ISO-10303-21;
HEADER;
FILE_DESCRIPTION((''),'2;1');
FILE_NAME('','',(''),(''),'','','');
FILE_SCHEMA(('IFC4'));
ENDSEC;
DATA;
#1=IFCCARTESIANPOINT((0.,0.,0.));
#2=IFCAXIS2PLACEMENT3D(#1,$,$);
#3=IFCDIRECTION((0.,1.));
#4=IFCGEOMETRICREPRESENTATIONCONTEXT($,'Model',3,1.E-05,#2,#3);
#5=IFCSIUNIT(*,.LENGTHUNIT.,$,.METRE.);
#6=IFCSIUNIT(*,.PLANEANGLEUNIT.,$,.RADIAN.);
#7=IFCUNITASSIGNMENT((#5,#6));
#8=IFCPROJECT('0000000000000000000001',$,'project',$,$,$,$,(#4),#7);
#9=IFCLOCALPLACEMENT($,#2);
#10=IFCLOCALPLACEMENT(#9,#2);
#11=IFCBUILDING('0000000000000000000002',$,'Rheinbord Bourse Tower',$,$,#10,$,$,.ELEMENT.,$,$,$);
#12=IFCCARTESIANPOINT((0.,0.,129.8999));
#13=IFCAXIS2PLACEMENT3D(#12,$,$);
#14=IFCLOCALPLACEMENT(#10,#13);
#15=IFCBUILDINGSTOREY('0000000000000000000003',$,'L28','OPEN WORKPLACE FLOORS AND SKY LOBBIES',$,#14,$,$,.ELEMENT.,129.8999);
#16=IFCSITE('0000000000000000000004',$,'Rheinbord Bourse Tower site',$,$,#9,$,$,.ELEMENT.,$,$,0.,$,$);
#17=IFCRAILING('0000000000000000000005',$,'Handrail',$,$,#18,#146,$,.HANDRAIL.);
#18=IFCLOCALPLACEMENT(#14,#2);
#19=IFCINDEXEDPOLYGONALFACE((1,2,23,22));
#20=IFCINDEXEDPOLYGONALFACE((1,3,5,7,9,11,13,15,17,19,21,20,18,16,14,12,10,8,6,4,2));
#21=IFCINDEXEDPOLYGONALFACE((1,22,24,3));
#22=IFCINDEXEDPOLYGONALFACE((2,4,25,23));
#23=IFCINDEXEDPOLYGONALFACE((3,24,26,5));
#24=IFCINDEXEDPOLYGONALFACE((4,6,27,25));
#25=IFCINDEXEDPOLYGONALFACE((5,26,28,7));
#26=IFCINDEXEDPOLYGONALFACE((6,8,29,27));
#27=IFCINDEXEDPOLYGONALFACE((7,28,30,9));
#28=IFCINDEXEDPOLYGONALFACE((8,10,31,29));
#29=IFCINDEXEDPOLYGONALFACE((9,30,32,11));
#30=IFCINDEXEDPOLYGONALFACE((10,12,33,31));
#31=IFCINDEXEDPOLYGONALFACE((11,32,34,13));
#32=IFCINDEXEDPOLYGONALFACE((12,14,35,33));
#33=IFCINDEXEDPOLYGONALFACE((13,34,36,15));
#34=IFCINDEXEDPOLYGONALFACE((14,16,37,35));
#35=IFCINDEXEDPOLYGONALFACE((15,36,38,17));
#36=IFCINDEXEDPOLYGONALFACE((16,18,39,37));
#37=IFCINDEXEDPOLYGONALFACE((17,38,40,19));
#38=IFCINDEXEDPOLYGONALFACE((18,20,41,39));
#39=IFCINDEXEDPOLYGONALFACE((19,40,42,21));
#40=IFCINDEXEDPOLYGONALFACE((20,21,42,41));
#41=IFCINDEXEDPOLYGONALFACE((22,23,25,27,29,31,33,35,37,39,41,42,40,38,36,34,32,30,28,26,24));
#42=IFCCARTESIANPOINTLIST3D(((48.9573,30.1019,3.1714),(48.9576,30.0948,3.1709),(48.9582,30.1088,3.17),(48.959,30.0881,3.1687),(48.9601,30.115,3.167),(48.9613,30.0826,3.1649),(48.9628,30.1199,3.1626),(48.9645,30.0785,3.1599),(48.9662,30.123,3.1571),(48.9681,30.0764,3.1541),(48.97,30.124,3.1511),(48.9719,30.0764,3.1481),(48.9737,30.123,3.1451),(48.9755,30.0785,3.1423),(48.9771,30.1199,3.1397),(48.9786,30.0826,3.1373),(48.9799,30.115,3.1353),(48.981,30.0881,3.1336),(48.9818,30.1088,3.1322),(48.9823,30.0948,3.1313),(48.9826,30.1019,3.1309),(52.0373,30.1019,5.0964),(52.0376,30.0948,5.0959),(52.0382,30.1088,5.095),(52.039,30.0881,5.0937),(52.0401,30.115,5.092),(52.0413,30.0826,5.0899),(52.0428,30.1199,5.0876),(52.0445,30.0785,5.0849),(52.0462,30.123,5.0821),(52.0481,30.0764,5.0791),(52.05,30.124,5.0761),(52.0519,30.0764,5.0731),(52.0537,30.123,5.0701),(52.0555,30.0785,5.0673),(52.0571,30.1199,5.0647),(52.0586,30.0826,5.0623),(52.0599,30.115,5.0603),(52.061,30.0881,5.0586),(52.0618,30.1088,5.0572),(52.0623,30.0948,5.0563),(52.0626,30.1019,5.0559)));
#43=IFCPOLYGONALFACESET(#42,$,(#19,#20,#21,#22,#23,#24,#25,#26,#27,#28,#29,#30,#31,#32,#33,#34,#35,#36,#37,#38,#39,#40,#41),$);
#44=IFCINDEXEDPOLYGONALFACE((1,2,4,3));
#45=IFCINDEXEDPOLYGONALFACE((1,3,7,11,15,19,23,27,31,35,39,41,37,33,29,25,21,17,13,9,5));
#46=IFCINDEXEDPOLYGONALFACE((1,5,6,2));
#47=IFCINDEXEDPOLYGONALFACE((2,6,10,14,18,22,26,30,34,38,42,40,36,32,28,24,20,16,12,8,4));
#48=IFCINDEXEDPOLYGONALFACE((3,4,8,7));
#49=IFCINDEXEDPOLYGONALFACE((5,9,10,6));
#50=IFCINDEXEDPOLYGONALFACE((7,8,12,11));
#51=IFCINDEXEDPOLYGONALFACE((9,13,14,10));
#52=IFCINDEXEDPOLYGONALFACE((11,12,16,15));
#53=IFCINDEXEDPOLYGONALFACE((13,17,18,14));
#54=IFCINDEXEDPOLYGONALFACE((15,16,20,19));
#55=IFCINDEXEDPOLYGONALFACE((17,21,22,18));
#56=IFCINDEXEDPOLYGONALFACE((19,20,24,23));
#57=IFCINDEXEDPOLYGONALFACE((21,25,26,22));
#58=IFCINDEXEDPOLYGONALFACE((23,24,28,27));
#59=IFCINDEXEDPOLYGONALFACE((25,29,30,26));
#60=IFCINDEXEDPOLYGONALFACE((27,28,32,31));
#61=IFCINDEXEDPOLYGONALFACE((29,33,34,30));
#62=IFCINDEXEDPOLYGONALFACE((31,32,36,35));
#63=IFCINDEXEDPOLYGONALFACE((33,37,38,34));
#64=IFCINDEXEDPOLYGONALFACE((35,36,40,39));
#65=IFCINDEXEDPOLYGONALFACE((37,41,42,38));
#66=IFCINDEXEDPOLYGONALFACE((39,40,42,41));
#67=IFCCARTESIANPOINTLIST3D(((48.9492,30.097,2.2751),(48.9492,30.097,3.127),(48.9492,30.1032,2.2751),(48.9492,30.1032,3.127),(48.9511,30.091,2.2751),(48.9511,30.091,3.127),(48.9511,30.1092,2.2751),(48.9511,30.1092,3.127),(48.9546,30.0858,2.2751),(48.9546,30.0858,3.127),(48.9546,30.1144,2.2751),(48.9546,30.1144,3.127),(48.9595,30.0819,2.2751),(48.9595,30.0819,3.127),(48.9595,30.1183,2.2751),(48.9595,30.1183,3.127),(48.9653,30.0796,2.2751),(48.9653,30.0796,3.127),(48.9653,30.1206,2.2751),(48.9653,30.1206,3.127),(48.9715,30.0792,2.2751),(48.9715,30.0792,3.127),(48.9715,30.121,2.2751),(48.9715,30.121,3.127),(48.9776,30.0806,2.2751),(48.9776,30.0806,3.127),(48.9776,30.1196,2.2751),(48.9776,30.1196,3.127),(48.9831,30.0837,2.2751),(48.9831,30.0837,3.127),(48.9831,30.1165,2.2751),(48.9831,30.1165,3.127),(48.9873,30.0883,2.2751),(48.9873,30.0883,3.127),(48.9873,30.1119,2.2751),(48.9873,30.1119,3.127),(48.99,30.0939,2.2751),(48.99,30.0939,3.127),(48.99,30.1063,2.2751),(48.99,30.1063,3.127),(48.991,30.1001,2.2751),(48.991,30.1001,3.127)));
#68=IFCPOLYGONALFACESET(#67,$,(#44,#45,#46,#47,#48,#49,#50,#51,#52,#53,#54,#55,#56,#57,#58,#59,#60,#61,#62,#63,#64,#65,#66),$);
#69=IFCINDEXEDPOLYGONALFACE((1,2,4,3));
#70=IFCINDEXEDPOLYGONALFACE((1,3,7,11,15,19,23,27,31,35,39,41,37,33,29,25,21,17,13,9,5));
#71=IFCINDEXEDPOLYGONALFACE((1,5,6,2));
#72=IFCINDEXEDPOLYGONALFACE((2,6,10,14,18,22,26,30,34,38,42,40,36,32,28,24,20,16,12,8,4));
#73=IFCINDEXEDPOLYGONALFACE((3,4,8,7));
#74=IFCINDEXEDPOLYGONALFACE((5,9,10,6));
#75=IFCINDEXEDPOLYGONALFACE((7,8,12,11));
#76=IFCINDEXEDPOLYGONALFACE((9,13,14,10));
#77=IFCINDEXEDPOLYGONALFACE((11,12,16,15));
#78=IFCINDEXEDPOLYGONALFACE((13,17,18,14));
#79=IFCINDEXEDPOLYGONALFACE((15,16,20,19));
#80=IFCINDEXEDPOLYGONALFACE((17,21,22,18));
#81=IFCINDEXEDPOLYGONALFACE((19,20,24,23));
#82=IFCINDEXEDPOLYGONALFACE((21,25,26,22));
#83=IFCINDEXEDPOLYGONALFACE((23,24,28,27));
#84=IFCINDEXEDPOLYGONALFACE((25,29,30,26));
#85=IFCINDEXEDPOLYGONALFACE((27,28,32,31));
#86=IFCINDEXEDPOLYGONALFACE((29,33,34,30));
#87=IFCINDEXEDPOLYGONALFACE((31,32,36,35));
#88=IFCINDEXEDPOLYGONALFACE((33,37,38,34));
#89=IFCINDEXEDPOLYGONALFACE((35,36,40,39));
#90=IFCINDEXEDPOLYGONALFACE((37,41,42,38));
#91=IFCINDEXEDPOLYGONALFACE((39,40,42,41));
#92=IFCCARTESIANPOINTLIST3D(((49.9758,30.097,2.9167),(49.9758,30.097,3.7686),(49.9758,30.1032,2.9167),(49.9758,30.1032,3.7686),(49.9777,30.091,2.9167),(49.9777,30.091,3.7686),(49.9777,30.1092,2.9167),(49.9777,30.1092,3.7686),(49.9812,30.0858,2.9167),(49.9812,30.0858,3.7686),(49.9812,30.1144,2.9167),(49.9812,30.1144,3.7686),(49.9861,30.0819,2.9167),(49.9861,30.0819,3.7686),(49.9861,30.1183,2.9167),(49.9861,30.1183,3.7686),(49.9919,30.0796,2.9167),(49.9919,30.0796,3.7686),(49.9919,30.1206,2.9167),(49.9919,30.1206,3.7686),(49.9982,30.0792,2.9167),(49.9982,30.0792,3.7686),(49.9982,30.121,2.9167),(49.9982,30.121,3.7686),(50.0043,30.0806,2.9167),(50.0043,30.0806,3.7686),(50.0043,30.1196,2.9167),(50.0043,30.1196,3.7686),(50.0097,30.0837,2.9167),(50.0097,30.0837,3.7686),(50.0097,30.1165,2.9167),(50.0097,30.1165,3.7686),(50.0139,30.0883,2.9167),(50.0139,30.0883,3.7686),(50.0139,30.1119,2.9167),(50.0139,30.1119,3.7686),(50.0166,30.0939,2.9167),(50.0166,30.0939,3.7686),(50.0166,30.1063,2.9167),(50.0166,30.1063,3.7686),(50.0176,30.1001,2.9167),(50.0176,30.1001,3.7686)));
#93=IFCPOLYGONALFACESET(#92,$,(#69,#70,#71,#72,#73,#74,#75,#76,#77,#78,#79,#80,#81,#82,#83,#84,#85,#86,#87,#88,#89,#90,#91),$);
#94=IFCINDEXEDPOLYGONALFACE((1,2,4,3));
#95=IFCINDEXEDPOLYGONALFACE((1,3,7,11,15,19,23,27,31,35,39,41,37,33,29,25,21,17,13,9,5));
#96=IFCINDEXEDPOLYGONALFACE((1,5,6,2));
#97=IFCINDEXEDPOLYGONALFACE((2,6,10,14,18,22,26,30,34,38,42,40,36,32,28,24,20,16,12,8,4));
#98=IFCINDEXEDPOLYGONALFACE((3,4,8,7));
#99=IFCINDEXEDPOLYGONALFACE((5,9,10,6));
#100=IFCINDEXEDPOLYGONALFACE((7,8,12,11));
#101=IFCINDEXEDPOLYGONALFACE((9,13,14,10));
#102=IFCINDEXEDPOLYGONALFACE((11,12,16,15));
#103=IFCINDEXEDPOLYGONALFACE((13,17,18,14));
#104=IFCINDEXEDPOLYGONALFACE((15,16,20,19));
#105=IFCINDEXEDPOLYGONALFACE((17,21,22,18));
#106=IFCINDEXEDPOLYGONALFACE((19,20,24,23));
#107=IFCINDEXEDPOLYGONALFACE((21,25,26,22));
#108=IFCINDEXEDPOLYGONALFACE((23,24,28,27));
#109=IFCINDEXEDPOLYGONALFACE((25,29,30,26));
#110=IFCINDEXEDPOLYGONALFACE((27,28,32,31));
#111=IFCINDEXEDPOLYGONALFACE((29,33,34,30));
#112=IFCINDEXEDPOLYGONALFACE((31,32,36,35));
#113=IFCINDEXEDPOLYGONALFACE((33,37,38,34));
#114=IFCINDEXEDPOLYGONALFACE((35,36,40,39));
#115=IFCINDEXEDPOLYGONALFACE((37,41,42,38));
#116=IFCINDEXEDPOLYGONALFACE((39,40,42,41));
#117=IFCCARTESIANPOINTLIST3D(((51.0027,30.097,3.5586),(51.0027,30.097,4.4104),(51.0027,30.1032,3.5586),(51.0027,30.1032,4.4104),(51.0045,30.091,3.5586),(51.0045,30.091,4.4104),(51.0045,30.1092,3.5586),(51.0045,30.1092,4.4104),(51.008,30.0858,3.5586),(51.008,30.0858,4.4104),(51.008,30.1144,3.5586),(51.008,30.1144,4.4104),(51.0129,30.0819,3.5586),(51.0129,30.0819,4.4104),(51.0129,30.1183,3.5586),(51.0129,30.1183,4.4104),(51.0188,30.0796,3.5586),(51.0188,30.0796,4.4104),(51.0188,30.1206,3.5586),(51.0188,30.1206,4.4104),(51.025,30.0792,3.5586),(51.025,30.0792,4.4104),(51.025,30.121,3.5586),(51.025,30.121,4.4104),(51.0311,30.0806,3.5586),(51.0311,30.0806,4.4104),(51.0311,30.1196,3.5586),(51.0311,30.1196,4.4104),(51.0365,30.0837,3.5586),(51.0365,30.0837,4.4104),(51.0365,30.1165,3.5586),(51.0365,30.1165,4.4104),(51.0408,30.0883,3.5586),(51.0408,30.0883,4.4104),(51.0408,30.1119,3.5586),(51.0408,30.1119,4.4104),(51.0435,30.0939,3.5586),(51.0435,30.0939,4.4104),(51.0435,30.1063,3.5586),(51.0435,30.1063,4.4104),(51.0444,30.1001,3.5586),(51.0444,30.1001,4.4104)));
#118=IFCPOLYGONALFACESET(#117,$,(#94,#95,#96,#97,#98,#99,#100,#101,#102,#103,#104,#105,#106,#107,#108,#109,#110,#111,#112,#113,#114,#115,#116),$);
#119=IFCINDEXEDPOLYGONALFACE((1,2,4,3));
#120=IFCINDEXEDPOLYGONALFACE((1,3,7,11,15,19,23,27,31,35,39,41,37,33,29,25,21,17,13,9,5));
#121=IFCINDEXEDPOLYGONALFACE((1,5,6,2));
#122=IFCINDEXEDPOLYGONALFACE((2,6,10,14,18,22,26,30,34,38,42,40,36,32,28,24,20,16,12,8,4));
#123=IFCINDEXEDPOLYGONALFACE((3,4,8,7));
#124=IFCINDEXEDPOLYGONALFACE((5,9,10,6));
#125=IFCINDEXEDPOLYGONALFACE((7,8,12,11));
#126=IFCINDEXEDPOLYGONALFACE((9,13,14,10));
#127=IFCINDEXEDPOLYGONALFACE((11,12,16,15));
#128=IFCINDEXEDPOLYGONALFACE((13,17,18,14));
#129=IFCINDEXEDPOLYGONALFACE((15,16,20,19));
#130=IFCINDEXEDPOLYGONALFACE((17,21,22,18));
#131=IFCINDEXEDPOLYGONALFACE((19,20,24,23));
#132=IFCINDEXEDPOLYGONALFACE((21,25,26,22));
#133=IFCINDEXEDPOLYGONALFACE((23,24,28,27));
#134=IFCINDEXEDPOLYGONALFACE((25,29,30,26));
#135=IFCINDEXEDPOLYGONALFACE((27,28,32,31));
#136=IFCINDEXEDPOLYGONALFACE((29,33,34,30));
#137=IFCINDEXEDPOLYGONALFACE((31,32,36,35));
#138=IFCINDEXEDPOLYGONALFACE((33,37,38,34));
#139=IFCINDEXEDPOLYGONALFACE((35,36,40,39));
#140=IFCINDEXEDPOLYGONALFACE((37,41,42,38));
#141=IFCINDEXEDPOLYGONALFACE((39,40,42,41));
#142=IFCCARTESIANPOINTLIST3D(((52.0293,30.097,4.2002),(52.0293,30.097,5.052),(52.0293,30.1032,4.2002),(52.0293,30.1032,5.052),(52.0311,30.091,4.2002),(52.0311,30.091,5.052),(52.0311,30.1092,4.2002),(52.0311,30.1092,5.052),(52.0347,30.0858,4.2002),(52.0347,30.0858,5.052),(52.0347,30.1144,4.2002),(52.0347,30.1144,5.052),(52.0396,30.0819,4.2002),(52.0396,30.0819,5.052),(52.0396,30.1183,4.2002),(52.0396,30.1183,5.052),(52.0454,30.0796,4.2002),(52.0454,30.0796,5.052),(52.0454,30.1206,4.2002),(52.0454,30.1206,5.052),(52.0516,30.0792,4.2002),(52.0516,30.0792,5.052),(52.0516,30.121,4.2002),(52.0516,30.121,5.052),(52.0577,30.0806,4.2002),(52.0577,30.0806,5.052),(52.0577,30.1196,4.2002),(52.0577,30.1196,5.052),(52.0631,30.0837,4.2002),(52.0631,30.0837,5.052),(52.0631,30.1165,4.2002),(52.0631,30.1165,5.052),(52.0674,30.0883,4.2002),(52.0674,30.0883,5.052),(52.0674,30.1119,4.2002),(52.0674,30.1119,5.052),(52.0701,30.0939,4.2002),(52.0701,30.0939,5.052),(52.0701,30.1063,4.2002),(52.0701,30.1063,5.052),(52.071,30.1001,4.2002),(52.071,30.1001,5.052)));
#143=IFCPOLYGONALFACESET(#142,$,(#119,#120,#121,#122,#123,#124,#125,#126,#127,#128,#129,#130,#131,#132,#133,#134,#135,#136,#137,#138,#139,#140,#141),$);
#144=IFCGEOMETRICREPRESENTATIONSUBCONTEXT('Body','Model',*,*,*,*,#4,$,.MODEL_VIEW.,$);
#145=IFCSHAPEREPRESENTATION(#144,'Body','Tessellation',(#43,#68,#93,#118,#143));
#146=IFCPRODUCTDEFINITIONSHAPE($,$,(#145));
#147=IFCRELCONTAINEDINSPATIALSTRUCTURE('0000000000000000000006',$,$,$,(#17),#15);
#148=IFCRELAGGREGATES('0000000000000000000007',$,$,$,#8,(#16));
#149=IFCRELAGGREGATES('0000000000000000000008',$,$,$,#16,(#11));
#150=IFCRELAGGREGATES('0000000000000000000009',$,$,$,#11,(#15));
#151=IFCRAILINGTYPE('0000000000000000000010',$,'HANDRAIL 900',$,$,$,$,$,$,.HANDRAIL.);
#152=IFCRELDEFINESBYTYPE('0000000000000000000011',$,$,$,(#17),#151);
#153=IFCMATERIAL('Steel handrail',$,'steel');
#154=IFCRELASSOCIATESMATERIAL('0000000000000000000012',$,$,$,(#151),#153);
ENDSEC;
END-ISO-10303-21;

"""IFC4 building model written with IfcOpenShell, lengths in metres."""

from ifc_helpers import new_model, si_unit, direction, frame, origin, origin_2d, place, context, subcontext, project, spatial, circle, extrude, material, type_object, element, save


model = new_model("IFC4")

# Units and contexts
model_context = context("Model", 3, precision=1e-05, world=origin(), true_north=direction((0.0, 1.0)))
body_context = subcontext(model_context, "Body", "Model", "MODEL_VIEW")
ifc_project = project(units=[si_unit("LENGTHUNIT", "METRE"), si_unit("PLANEANGLEUNIT", "RADIAN")], contexts=[model_context])

# Site, building, storey
site_placement = place(None, origin())
site = spatial("IfcSite", under=ifc_project, at=site_placement, Name="Rheinbord Bourse Tower site", CompositionType="ELEMENT", RefElevation=0.0)
building_placement = place(site_placement, origin())
building = spatial("IfcBuilding", under=site, at=building_placement, Name="Rheinbord Bourse Tower", CompositionType="ELEMENT")
storey_placement = place(building_placement, frame((0.0, 0.0, 129.8999)))
storey = spatial("IfcBuildingStorey", under=building, at=storey_placement, Name="L28", Description="OPEN WORKPLACE FLOORS AND SKY LOBBIES", CompositionType="ELEMENT", Elevation=129.8999)

# Railing
ifc_material_1 = material(Name="Steel handrail", Category="steel")
railing_type = type_object("IfcRailingType", Name="HANDRAIL 900", PredefinedType="HANDRAIL", material=ifc_material_1)
railing_1_placement = place(storey_placement, frame((48.97, 30.1001, 2.2751)))
element("IfcRailing", 1, at=railing_1_placement, inside=storey, type_object=railing_type, Name="Handrail", PredefinedType="HANDRAIL", context=body_context, shape_type="SweptSolid", body=[
    extrude(circle(Radius=0.0239, at=origin_2d()), frame((0.0, 0.0, 0.876), z_axis=(0.847998, 0.0, 0.529999), x_axis=(0.0, 1.0, 0.0)), (0.0, 0.0, 1.0), 3.6321),
    extrude(circle(Radius=0.021, at=origin_2d()), origin(), (0.0, 0.0, 1.0), 0.8518),
    extrude(circle(Radius=0.021, at=origin_2d()), frame((1.0266, 0.0, 0.6416)), (0.0, 0.0, 1.0), 0.8518),
    extrude(circle(Radius=0.021, at=origin_2d()), frame((2.0535, 0.0, 1.2834)), (0.0, 0.0, 1.0), 0.8518),
    extrude(circle(Radius=0.021, at=origin_2d()), frame((3.0801, 0.0, 1.925)), (0.0, 0.0, 1.0), 0.8518),
])

save(model, "model.ifc")
